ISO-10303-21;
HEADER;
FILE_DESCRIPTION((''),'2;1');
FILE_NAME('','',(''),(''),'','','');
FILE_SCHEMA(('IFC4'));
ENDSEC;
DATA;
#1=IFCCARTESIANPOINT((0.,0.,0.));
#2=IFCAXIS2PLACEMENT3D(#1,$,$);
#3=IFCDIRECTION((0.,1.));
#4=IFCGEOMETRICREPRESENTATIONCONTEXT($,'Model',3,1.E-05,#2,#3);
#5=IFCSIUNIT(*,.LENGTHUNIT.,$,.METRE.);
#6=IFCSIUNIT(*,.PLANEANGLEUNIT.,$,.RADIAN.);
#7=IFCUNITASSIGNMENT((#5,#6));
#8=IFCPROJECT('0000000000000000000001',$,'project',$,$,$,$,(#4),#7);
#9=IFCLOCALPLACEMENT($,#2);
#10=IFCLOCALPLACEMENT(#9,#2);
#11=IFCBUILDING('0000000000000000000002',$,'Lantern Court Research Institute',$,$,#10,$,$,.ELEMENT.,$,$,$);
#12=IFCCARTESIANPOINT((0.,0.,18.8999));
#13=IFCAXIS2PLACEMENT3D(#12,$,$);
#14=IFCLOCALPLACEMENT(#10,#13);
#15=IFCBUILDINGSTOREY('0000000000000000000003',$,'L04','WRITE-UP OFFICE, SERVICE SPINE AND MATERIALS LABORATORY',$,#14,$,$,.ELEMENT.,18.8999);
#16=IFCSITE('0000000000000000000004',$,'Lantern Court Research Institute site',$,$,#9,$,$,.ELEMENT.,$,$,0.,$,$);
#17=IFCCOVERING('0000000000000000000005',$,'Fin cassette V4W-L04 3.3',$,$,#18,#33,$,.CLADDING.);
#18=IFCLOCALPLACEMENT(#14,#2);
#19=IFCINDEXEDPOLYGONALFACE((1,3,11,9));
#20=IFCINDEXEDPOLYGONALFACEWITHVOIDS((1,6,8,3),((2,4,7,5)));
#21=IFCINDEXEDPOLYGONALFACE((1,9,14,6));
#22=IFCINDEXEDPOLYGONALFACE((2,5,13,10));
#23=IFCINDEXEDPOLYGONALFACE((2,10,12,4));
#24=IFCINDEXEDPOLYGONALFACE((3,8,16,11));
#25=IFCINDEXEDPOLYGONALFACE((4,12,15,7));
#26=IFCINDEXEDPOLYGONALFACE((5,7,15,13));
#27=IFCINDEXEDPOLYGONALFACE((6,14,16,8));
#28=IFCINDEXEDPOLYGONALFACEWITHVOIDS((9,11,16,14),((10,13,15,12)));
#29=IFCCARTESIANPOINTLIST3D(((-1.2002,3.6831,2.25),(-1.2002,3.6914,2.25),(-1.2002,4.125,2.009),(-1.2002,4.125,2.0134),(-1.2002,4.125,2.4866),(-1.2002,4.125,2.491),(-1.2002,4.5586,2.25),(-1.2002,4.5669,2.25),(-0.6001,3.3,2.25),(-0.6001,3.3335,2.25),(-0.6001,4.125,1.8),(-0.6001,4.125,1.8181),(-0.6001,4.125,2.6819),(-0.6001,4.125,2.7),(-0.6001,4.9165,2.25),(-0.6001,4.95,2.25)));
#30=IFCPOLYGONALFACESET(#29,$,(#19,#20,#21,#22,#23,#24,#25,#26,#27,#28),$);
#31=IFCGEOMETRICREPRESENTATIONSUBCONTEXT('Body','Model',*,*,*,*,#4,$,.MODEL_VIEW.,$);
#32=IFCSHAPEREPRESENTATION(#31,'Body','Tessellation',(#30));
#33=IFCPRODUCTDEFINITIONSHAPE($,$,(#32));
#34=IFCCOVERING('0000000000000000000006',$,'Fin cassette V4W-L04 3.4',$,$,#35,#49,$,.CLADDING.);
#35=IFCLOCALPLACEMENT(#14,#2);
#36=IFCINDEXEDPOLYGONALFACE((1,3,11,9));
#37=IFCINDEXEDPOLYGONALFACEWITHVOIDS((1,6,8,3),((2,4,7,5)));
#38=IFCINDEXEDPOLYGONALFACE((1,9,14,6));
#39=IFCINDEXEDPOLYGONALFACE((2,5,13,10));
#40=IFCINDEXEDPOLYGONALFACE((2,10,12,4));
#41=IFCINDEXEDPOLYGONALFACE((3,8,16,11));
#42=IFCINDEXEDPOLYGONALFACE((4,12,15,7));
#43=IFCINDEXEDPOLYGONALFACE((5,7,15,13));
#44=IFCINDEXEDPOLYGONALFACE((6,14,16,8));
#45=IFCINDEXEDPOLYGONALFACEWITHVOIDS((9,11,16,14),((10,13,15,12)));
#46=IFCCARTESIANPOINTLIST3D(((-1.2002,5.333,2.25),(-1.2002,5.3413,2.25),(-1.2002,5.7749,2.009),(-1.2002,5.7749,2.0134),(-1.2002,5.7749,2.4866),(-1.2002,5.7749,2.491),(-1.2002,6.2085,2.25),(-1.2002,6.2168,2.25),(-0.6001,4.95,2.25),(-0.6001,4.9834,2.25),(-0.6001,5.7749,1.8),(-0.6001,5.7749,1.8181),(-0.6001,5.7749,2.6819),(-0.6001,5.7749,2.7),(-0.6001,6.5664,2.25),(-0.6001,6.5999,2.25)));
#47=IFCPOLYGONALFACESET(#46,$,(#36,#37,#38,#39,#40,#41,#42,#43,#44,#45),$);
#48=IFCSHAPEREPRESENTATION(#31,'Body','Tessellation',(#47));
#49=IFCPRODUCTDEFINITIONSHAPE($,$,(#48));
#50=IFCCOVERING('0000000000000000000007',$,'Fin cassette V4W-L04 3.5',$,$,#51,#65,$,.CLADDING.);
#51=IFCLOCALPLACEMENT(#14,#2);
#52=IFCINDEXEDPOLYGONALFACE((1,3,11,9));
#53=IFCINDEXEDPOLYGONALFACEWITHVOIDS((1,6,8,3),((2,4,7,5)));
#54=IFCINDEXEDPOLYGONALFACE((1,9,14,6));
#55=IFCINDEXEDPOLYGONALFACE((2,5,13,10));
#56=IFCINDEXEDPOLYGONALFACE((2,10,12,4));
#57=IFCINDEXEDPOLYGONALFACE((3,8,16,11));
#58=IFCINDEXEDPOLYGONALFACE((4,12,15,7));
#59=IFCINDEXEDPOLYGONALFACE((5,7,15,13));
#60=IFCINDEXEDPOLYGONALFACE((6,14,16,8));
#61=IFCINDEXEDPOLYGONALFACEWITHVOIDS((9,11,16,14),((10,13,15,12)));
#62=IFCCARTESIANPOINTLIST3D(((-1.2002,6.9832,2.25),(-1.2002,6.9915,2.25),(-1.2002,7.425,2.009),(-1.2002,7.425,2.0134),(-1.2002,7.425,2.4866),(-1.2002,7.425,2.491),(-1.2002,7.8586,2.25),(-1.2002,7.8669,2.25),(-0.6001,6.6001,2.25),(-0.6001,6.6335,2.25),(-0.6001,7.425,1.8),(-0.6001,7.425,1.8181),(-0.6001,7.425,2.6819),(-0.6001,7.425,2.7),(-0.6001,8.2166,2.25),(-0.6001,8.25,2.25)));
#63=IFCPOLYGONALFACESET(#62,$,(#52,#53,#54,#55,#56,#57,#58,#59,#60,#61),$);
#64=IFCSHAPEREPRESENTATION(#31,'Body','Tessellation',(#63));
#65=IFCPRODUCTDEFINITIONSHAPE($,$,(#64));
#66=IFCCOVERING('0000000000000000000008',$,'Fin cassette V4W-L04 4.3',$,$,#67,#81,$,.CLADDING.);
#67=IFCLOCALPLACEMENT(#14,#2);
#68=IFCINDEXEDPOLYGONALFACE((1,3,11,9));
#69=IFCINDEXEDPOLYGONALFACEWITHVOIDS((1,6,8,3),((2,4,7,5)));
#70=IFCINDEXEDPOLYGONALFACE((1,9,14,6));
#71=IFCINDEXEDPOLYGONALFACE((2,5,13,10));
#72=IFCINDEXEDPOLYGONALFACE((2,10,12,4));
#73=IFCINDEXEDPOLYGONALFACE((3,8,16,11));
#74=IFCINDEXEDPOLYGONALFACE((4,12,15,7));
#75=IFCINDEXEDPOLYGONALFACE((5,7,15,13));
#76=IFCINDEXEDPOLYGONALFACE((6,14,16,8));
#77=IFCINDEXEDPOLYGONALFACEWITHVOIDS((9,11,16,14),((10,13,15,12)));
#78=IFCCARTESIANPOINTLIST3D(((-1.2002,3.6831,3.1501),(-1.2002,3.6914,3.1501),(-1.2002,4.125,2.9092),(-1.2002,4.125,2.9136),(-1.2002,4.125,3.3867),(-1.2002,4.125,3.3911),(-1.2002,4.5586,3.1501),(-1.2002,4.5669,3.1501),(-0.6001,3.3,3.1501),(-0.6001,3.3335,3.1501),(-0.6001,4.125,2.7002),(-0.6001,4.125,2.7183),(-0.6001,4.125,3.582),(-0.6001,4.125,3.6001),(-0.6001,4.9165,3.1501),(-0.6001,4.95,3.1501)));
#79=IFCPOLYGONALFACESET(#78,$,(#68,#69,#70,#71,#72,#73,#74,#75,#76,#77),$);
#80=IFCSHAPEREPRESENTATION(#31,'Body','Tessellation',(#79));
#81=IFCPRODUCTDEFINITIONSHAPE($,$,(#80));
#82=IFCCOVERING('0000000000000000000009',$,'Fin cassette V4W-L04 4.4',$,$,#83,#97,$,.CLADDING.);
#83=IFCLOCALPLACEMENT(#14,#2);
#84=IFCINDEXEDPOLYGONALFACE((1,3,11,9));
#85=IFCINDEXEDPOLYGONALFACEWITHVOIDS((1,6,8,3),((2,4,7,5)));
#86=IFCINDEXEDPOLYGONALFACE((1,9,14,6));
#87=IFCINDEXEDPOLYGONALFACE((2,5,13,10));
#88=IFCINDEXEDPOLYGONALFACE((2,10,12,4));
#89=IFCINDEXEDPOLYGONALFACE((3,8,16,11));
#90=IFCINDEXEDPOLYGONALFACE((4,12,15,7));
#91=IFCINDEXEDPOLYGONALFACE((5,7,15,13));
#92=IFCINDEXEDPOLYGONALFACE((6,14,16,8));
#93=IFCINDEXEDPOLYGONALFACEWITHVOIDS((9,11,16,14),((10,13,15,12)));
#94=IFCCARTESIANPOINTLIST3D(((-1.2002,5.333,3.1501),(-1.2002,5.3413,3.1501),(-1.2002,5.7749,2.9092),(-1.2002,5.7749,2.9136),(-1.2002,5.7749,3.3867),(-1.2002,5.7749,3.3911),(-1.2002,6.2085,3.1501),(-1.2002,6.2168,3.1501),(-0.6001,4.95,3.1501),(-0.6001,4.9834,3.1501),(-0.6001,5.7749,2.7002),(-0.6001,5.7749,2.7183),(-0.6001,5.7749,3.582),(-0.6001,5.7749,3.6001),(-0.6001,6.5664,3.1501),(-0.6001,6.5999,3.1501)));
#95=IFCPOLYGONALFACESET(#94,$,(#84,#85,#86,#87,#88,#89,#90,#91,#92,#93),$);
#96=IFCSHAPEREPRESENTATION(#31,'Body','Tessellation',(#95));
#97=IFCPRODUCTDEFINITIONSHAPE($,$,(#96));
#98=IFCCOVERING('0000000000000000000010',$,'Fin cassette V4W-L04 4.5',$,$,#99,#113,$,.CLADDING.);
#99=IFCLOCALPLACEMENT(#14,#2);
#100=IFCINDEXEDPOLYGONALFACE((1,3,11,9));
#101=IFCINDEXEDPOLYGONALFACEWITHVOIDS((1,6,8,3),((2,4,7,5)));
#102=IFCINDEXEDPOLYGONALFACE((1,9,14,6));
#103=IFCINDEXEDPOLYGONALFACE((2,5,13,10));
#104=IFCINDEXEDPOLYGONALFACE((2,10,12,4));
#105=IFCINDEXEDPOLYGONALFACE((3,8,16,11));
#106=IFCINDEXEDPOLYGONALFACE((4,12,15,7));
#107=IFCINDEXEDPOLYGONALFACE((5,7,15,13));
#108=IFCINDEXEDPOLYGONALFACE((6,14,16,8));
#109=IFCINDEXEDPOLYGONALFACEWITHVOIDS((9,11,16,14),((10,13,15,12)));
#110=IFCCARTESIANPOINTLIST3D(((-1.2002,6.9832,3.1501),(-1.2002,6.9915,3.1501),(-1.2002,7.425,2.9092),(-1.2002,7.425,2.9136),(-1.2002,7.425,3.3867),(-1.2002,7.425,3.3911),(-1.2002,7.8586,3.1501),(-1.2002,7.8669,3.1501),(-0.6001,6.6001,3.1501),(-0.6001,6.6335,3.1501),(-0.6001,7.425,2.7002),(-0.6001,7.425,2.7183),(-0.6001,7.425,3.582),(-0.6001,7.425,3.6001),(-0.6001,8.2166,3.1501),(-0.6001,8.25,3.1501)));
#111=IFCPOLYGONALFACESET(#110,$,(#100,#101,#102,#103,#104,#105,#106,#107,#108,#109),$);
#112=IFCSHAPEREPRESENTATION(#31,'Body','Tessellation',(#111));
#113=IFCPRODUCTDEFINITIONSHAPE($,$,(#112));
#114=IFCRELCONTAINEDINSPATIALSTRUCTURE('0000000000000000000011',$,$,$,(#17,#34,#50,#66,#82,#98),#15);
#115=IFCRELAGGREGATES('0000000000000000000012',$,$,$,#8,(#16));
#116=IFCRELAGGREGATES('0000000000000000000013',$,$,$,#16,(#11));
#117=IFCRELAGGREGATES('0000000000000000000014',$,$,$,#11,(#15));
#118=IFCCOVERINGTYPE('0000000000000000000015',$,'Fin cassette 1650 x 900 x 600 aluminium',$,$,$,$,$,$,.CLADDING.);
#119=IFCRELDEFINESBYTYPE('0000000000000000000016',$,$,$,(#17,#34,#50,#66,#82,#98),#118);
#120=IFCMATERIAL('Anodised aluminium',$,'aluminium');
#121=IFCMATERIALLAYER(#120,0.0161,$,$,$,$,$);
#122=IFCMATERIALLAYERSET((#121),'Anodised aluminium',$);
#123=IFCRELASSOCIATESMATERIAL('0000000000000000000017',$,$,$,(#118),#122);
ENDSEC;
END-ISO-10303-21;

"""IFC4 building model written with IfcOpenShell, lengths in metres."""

from ifc_helpers import new_model, entity, si_unit, direction, frame, origin, place, context, subcontext, project, spatial, material, layer, layer_set, type_object, element, save


model = new_model("IFC4")

# Units and contexts
model_context = context("Model", 3, precision=1e-05, world=origin(), true_north=direction((0.0, 1.0)))
body_context = subcontext(model_context, "Body", "Model", "MODEL_VIEW")
ifc_project = project(units=[si_unit("LENGTHUNIT", "METRE"), si_unit("PLANEANGLEUNIT", "RADIAN")], contexts=[model_context])

# Site, building, storey
site_placement = place(None, origin())
site = spatial("IfcSite", under=ifc_project, at=site_placement, Name="Lantern Court Research Institute site", CompositionType="ELEMENT", RefElevation=0.0)
building_placement = place(site_placement, origin())
building = spatial("IfcBuilding", under=site, at=building_placement, Name="Lantern Court Research Institute", CompositionType="ELEMENT")
storey_placement = place(building_placement, frame((0.0, 0.0, 18.8999)))
storey = spatial("IfcBuildingStorey", under=building, at=storey_placement, Name="L04", Description="WRITE-UP OFFICE, SERVICE SPINE AND MATERIALS LABORATORY", CompositionType="ELEMENT", Elevation=18.8999)

# Coverings
ifc_material_1 = material(Name="Anodised aluminium", Category="aluminium")
ifc_layer_1 = layer(ifc_material_1, 0.0161)
ifc_layer_set_1 = layer_set([ifc_layer_1], Name="Anodised aluminium")
covering_type = type_object("IfcCoveringType", Name="Fin cassette 1650 x 900 x 600 aluminium", PredefinedType="CLADDING", material=ifc_layer_set_1)
covering_1_placement = place(storey_placement, frame((-0.6001, 4.125, 2.25), z_axis=(-1.0, 0.0, 0.0), x_axis=(0.0, -1.0, 0.0)))
cartesian_point_1 = entity("IfcCartesianPoint", [0.825, 0.0])
cartesian_point_2 = entity("IfcCartesianPoint", [0.7915, 0.0])
cartesian_point_3 = entity("IfcCartesianPoint", [0.4419, 0.0])
cartesian_point_4 = entity("IfcCartesianPoint", [0.4336, 0.0])
element("IfcCovering", 1, at=covering_1_placement, inside=storey, type_object=covering_type, Name="Fin cassette V4W-L04 3.3", PredefinedType="CLADDING", context=body_context, shape_type="SweptSolid", body=[
    entity("IfcExtrudedAreaSolidTapered", entity("IfcArbitraryProfileDefWithVoids", "AREA", None, entity("IfcPolyline", [cartesian_point_1, entity("IfcCartesianPoint", [0.0, 0.45]), entity("IfcCartesianPoint", [-0.825, 0.0]), entity("IfcCartesianPoint", [0.0, -0.45]), cartesian_point_1]), [entity("IfcPolyline", [cartesian_point_2, entity("IfcCartesianPoint", [0.0, 0.4319]), entity("IfcCartesianPoint", [-0.7915, 0.0]), entity("IfcCartesianPoint", [0.0, -0.4319]), cartesian_point_2])]), entity("IfcAxis2Placement3D", entity("IfcCartesianPoint", [0.0, 0.0, 0.0])), entity("IfcDirection", [0.0, 0.0, 1.0]), 0.6001, entity("IfcArbitraryProfileDefWithVoids", "AREA", None, entity("IfcPolyline", [cartesian_point_3, entity("IfcCartesianPoint", [0.0, 0.241]), entity("IfcCartesianPoint", [-0.4419, 0.0]), entity("IfcCartesianPoint", [0.0, -0.241]), cartesian_point_3]), [entity("IfcPolyline", [cartesian_point_4, entity("IfcCartesianPoint", [0.0, 0.2366]), entity("IfcCartesianPoint", [-0.4336, 0.0]), entity("IfcCartesianPoint", [0.0, -0.2366]), cartesian_point_4])])),
])
covering_2_placement = place(storey_placement, frame((-0.6001, 5.7749, 2.25), z_axis=(-1.0, 0.0, 0.0), x_axis=(0.0, -1.0, 0.0)))
cartesian_point_5 = entity("IfcCartesianPoint", [0.825, 0.0])
cartesian_point_6 = entity("IfcCartesianPoint", [0.7915, 0.0])
cartesian_point_7 = entity("IfcCartesianPoint", [0.4419, 0.0])
cartesian_point_8 = entity("IfcCartesianPoint", [0.4336, 0.0])
element("IfcCovering", 2, at=covering_2_placement, inside=storey, type_object=covering_type, Name="Fin cassette V4W-L04 3.4", PredefinedType="CLADDING", context=body_context, shape_type="SweptSolid", body=[
    entity("IfcExtrudedAreaSolidTapered", entity("IfcArbitraryProfileDefWithVoids", "AREA", None, entity("IfcPolyline", [cartesian_point_5, entity("IfcCartesianPoint", [0.0, 0.45]), entity("IfcCartesianPoint", [-0.825, 0.0]), entity("IfcCartesianPoint", [0.0, -0.45]), cartesian_point_5]), [entity("IfcPolyline", [cartesian_point_6, entity("IfcCartesianPoint", [0.0, 0.4319]), entity("IfcCartesianPoint", [-0.7915, 0.0]), entity("IfcCartesianPoint", [0.0, -0.4319]), cartesian_point_6])]), entity("IfcAxis2Placement3D", entity("IfcCartesianPoint", [0.0, 0.0, 0.0])), entity("IfcDirection", [0.0, 0.0, 1.0]), 0.6001, entity("IfcArbitraryProfileDefWithVoids", "AREA", None, entity("IfcPolyline", [cartesian_point_7, entity("IfcCartesianPoint", [0.0, 0.241]), entity("IfcCartesianPoint", [-0.4419, 0.0]), entity("IfcCartesianPoint", [0.0, -0.241]), cartesian_point_7]), [entity("IfcPolyline", [cartesian_point_8, entity("IfcCartesianPoint", [0.0, 0.2366]), entity("IfcCartesianPoint", [-0.4336, 0.0]), entity("IfcCartesianPoint", [0.0, -0.2366]), cartesian_point_8])])),
])
covering_3_placement = place(storey_placement, frame((-0.6001, 7.425, 2.25), z_axis=(-1.0, 0.0, 0.0), x_axis=(0.0, -1.0, 0.0)))
cartesian_point_9 = entity("IfcCartesianPoint", [0.825, 0.0])
cartesian_point_10 = entity("IfcCartesianPoint", [0.7915, 0.0])
cartesian_point_11 = entity("IfcCartesianPoint", [0.4419, 0.0])
cartesian_point_12 = entity("IfcCartesianPoint", [0.4336, 0.0])
element("IfcCovering", 3, at=covering_3_placement, inside=storey, type_object=covering_type, Name="Fin cassette V4W-L04 3.5", PredefinedType="CLADDING", context=body_context, shape_type="SweptSolid", body=[
    entity("IfcExtrudedAreaSolidTapered", entity("IfcArbitraryProfileDefWithVoids", "AREA", None, entity("IfcPolyline", [cartesian_point_9, entity("IfcCartesianPoint", [0.0, 0.45]), entity("IfcCartesianPoint", [-0.825, 0.0]), entity("IfcCartesianPoint", [0.0, -0.45]), cartesian_point_9]), [entity("IfcPolyline", [cartesian_point_10, entity("IfcCartesianPoint", [0.0, 0.4319]), entity("IfcCartesianPoint", [-0.7915, 0.0]), entity("IfcCartesianPoint", [0.0, -0.4319]), cartesian_point_10])]), entity("IfcAxis2Placement3D", entity("IfcCartesianPoint", [0.0, 0.0, 0.0])), entity("IfcDirection", [0.0, 0.0, 1.0]), 0.6001, entity("IfcArbitraryProfileDefWithVoids", "AREA", None, entity("IfcPolyline", [cartesian_point_11, entity("IfcCartesianPoint", [0.0, 0.241]), entity("IfcCartesianPoint", [-0.4419, 0.0]), entity("IfcCartesianPoint", [0.0, -0.241]), cartesian_point_11]), [entity("IfcPolyline", [cartesian_point_12, entity("IfcCartesianPoint", [0.0, 0.2366]), entity("IfcCartesianPoint", [-0.4336, 0.0]), entity("IfcCartesianPoint", [0.0, -0.2366]), cartesian_point_12])])),
])
covering_4_placement = place(storey_placement, frame((-0.6001, 4.125, 3.1501), z_axis=(-1.0, 0.0, 0.0), x_axis=(0.0, -1.0, 0.0)))
cartesian_point_13 = entity("IfcCartesianPoint", [0.825, 0.0])
cartesian_point_14 = entity("IfcCartesianPoint", [0.7915, 0.0])
cartesian_point_15 = entity("IfcCartesianPoint", [0.4419, 0.0])
cartesian_point_16 = entity("IfcCartesianPoint", [0.4336, 0.0])
element("IfcCovering", 4, at=covering_4_placement, inside=storey, type_object=covering_type, Name="Fin cassette V4W-L04 4.3", PredefinedType="CLADDING", context=body_context, shape_type="SweptSolid", body=[
    entity("IfcExtrudedAreaSolidTapered", entity("IfcArbitraryProfileDefWithVoids", "AREA", None, entity("IfcPolyline", [cartesian_point_13, entity("IfcCartesianPoint", [0.0, 0.45]), entity("IfcCartesianPoint", [-0.825, 0.0]), entity("IfcCartesianPoint", [0.0, -0.45]), cartesian_point_13]), [entity("IfcPolyline", [cartesian_point_14, entity("IfcCartesianPoint", [0.0, 0.4319]), entity("IfcCartesianPoint", [-0.7915, 0.0]), entity("IfcCartesianPoint", [0.0, -0.4319]), cartesian_point_14])]), entity("IfcAxis2Placement3D", entity("IfcCartesianPoint", [0.0, 0.0, 0.0])), entity("IfcDirection", [0.0, 0.0, 1.0]), 0.6001, entity("IfcArbitraryProfileDefWithVoids", "AREA", None, entity("IfcPolyline", [cartesian_point_15, entity("IfcCartesianPoint", [0.0, 0.241]), entity("IfcCartesianPoint", [-0.4419, 0.0]), entity("IfcCartesianPoint", [0.0, -0.241]), cartesian_point_15]), [entity("IfcPolyline", [cartesian_point_16, entity("IfcCartesianPoint", [0.0, 0.2366]), entity("IfcCartesianPoint", [-0.4336, 0.0]), entity("IfcCartesianPoint", [0.0, -0.2366]), cartesian_point_16])])),
])
covering_5_placement = place(storey_placement, frame((-0.6001, 5.7749, 3.1501), z_axis=(-1.0, 0.0, 0.0), x_axis=(0.0, -1.0, 0.0)))
cartesian_point_17 = entity("IfcCartesianPoint", [0.825, 0.0])
cartesian_point_18 = entity("IfcCartesianPoint", [0.7915, 0.0])
cartesian_point_19 = entity("IfcCartesianPoint", [0.4419, 0.0])
cartesian_point_20 = entity("IfcCartesianPoint", [0.4336, 0.0])
element("IfcCovering", 5, at=covering_5_placement, inside=storey, type_object=covering_type, Name="Fin cassette V4W-L04 4.4", PredefinedType="CLADDING", context=body_context, shape_type="SweptSolid", body=[
    entity("IfcExtrudedAreaSolidTapered", entity("IfcArbitraryProfileDefWithVoids", "AREA", None, entity("IfcPolyline", [cartesian_point_17, entity("IfcCartesianPoint", [0.0, 0.45]), entity("IfcCartesianPoint", [-0.825, 0.0]), entity("IfcCartesianPoint", [0.0, -0.45]), cartesian_point_17]), [entity("IfcPolyline", [cartesian_point_18, entity("IfcCartesianPoint", [0.0, 0.4319]), entity("IfcCartesianPoint", [-0.7915, 0.0]), entity("IfcCartesianPoint", [0.0, -0.4319]), cartesian_point_18])]), entity("IfcAxis2Placement3D", entity("IfcCartesianPoint", [0.0, 0.0, 0.0])), entity("IfcDirection", [0.0, 0.0, 1.0]), 0.6001, entity("IfcArbitraryProfileDefWithVoids", "AREA", None, entity("IfcPolyline", [cartesian_point_19, entity("IfcCartesianPoint", [0.0, 0.241]), entity("IfcCartesianPoint", [-0.4419, 0.0]), entity("IfcCartesianPoint", [0.0, -0.241]), cartesian_point_19]), [entity("IfcPolyline", [cartesian_point_20, entity("IfcCartesianPoint", [0.0, 0.2366]), entity("IfcCartesianPoint", [-0.4336, 0.0]), entity("IfcCartesianPoint", [0.0, -0.2366]), cartesian_point_20])])),
])
covering_6_placement = place(storey_placement, frame((-0.6001, 7.425, 3.1501), z_axis=(-1.0, 0.0, 0.0), x_axis=(0.0, -1.0, 0.0)))
cartesian_point_21 = entity("IfcCartesianPoint", [0.825, 0.0])
cartesian_point_22 = entity("IfcCartesianPoint", [0.7915, 0.0])
cartesian_point_23 = entity("IfcCartesianPoint", [0.4419, 0.0])
cartesian_point_24 = entity("IfcCartesianPoint", [0.4336, 0.0])
element("IfcCovering", 6, at=covering_6_placement, inside=storey, type_object=covering_type, Name="Fin cassette V4W-L04 4.5", PredefinedType="CLADDING", context=body_context, shape_type="SweptSolid", body=[
    entity("IfcExtrudedAreaSolidTapered", entity("IfcArbitraryProfileDefWithVoids", "AREA", None, entity("IfcPolyline", [cartesian_point_21, entity("IfcCartesianPoint", [0.0, 0.45]), entity("IfcCartesianPoint", [-0.825, 0.0]), entity("IfcCartesianPoint", [0.0, -0.45]), cartesian_point_21]), [entity("IfcPolyline", [cartesian_point_22, entity("IfcCartesianPoint", [0.0, 0.4319]), entity("IfcCartesianPoint", [-0.7915, 0.0]), entity("IfcCartesianPoint", [0.0, -0.4319]), cartesian_point_22])]), entity("IfcAxis2Placement3D", entity("IfcCartesianPoint", [0.0, 0.0, 0.0])), entity("IfcDirection", [0.0, 0.0, 1.0]), 0.6001, entity("IfcArbitraryProfileDefWithVoids", "AREA", None, entity("IfcPolyline", [cartesian_point_23, entity("IfcCartesianPoint", [0.0, 0.241]), entity("IfcCartesianPoint", [-0.4419, 0.0]), entity("IfcCartesianPoint", [0.0, -0.241]), cartesian_point_23]), [entity("IfcPolyline", [cartesian_point_24, entity("IfcCartesianPoint", [0.0, 0.2366]), entity("IfcCartesianPoint", [-0.4336, 0.0]), entity("IfcCartesianPoint", [0.0, -0.2366]), cartesian_point_24])])),
])

save(model, "model.ifc")
